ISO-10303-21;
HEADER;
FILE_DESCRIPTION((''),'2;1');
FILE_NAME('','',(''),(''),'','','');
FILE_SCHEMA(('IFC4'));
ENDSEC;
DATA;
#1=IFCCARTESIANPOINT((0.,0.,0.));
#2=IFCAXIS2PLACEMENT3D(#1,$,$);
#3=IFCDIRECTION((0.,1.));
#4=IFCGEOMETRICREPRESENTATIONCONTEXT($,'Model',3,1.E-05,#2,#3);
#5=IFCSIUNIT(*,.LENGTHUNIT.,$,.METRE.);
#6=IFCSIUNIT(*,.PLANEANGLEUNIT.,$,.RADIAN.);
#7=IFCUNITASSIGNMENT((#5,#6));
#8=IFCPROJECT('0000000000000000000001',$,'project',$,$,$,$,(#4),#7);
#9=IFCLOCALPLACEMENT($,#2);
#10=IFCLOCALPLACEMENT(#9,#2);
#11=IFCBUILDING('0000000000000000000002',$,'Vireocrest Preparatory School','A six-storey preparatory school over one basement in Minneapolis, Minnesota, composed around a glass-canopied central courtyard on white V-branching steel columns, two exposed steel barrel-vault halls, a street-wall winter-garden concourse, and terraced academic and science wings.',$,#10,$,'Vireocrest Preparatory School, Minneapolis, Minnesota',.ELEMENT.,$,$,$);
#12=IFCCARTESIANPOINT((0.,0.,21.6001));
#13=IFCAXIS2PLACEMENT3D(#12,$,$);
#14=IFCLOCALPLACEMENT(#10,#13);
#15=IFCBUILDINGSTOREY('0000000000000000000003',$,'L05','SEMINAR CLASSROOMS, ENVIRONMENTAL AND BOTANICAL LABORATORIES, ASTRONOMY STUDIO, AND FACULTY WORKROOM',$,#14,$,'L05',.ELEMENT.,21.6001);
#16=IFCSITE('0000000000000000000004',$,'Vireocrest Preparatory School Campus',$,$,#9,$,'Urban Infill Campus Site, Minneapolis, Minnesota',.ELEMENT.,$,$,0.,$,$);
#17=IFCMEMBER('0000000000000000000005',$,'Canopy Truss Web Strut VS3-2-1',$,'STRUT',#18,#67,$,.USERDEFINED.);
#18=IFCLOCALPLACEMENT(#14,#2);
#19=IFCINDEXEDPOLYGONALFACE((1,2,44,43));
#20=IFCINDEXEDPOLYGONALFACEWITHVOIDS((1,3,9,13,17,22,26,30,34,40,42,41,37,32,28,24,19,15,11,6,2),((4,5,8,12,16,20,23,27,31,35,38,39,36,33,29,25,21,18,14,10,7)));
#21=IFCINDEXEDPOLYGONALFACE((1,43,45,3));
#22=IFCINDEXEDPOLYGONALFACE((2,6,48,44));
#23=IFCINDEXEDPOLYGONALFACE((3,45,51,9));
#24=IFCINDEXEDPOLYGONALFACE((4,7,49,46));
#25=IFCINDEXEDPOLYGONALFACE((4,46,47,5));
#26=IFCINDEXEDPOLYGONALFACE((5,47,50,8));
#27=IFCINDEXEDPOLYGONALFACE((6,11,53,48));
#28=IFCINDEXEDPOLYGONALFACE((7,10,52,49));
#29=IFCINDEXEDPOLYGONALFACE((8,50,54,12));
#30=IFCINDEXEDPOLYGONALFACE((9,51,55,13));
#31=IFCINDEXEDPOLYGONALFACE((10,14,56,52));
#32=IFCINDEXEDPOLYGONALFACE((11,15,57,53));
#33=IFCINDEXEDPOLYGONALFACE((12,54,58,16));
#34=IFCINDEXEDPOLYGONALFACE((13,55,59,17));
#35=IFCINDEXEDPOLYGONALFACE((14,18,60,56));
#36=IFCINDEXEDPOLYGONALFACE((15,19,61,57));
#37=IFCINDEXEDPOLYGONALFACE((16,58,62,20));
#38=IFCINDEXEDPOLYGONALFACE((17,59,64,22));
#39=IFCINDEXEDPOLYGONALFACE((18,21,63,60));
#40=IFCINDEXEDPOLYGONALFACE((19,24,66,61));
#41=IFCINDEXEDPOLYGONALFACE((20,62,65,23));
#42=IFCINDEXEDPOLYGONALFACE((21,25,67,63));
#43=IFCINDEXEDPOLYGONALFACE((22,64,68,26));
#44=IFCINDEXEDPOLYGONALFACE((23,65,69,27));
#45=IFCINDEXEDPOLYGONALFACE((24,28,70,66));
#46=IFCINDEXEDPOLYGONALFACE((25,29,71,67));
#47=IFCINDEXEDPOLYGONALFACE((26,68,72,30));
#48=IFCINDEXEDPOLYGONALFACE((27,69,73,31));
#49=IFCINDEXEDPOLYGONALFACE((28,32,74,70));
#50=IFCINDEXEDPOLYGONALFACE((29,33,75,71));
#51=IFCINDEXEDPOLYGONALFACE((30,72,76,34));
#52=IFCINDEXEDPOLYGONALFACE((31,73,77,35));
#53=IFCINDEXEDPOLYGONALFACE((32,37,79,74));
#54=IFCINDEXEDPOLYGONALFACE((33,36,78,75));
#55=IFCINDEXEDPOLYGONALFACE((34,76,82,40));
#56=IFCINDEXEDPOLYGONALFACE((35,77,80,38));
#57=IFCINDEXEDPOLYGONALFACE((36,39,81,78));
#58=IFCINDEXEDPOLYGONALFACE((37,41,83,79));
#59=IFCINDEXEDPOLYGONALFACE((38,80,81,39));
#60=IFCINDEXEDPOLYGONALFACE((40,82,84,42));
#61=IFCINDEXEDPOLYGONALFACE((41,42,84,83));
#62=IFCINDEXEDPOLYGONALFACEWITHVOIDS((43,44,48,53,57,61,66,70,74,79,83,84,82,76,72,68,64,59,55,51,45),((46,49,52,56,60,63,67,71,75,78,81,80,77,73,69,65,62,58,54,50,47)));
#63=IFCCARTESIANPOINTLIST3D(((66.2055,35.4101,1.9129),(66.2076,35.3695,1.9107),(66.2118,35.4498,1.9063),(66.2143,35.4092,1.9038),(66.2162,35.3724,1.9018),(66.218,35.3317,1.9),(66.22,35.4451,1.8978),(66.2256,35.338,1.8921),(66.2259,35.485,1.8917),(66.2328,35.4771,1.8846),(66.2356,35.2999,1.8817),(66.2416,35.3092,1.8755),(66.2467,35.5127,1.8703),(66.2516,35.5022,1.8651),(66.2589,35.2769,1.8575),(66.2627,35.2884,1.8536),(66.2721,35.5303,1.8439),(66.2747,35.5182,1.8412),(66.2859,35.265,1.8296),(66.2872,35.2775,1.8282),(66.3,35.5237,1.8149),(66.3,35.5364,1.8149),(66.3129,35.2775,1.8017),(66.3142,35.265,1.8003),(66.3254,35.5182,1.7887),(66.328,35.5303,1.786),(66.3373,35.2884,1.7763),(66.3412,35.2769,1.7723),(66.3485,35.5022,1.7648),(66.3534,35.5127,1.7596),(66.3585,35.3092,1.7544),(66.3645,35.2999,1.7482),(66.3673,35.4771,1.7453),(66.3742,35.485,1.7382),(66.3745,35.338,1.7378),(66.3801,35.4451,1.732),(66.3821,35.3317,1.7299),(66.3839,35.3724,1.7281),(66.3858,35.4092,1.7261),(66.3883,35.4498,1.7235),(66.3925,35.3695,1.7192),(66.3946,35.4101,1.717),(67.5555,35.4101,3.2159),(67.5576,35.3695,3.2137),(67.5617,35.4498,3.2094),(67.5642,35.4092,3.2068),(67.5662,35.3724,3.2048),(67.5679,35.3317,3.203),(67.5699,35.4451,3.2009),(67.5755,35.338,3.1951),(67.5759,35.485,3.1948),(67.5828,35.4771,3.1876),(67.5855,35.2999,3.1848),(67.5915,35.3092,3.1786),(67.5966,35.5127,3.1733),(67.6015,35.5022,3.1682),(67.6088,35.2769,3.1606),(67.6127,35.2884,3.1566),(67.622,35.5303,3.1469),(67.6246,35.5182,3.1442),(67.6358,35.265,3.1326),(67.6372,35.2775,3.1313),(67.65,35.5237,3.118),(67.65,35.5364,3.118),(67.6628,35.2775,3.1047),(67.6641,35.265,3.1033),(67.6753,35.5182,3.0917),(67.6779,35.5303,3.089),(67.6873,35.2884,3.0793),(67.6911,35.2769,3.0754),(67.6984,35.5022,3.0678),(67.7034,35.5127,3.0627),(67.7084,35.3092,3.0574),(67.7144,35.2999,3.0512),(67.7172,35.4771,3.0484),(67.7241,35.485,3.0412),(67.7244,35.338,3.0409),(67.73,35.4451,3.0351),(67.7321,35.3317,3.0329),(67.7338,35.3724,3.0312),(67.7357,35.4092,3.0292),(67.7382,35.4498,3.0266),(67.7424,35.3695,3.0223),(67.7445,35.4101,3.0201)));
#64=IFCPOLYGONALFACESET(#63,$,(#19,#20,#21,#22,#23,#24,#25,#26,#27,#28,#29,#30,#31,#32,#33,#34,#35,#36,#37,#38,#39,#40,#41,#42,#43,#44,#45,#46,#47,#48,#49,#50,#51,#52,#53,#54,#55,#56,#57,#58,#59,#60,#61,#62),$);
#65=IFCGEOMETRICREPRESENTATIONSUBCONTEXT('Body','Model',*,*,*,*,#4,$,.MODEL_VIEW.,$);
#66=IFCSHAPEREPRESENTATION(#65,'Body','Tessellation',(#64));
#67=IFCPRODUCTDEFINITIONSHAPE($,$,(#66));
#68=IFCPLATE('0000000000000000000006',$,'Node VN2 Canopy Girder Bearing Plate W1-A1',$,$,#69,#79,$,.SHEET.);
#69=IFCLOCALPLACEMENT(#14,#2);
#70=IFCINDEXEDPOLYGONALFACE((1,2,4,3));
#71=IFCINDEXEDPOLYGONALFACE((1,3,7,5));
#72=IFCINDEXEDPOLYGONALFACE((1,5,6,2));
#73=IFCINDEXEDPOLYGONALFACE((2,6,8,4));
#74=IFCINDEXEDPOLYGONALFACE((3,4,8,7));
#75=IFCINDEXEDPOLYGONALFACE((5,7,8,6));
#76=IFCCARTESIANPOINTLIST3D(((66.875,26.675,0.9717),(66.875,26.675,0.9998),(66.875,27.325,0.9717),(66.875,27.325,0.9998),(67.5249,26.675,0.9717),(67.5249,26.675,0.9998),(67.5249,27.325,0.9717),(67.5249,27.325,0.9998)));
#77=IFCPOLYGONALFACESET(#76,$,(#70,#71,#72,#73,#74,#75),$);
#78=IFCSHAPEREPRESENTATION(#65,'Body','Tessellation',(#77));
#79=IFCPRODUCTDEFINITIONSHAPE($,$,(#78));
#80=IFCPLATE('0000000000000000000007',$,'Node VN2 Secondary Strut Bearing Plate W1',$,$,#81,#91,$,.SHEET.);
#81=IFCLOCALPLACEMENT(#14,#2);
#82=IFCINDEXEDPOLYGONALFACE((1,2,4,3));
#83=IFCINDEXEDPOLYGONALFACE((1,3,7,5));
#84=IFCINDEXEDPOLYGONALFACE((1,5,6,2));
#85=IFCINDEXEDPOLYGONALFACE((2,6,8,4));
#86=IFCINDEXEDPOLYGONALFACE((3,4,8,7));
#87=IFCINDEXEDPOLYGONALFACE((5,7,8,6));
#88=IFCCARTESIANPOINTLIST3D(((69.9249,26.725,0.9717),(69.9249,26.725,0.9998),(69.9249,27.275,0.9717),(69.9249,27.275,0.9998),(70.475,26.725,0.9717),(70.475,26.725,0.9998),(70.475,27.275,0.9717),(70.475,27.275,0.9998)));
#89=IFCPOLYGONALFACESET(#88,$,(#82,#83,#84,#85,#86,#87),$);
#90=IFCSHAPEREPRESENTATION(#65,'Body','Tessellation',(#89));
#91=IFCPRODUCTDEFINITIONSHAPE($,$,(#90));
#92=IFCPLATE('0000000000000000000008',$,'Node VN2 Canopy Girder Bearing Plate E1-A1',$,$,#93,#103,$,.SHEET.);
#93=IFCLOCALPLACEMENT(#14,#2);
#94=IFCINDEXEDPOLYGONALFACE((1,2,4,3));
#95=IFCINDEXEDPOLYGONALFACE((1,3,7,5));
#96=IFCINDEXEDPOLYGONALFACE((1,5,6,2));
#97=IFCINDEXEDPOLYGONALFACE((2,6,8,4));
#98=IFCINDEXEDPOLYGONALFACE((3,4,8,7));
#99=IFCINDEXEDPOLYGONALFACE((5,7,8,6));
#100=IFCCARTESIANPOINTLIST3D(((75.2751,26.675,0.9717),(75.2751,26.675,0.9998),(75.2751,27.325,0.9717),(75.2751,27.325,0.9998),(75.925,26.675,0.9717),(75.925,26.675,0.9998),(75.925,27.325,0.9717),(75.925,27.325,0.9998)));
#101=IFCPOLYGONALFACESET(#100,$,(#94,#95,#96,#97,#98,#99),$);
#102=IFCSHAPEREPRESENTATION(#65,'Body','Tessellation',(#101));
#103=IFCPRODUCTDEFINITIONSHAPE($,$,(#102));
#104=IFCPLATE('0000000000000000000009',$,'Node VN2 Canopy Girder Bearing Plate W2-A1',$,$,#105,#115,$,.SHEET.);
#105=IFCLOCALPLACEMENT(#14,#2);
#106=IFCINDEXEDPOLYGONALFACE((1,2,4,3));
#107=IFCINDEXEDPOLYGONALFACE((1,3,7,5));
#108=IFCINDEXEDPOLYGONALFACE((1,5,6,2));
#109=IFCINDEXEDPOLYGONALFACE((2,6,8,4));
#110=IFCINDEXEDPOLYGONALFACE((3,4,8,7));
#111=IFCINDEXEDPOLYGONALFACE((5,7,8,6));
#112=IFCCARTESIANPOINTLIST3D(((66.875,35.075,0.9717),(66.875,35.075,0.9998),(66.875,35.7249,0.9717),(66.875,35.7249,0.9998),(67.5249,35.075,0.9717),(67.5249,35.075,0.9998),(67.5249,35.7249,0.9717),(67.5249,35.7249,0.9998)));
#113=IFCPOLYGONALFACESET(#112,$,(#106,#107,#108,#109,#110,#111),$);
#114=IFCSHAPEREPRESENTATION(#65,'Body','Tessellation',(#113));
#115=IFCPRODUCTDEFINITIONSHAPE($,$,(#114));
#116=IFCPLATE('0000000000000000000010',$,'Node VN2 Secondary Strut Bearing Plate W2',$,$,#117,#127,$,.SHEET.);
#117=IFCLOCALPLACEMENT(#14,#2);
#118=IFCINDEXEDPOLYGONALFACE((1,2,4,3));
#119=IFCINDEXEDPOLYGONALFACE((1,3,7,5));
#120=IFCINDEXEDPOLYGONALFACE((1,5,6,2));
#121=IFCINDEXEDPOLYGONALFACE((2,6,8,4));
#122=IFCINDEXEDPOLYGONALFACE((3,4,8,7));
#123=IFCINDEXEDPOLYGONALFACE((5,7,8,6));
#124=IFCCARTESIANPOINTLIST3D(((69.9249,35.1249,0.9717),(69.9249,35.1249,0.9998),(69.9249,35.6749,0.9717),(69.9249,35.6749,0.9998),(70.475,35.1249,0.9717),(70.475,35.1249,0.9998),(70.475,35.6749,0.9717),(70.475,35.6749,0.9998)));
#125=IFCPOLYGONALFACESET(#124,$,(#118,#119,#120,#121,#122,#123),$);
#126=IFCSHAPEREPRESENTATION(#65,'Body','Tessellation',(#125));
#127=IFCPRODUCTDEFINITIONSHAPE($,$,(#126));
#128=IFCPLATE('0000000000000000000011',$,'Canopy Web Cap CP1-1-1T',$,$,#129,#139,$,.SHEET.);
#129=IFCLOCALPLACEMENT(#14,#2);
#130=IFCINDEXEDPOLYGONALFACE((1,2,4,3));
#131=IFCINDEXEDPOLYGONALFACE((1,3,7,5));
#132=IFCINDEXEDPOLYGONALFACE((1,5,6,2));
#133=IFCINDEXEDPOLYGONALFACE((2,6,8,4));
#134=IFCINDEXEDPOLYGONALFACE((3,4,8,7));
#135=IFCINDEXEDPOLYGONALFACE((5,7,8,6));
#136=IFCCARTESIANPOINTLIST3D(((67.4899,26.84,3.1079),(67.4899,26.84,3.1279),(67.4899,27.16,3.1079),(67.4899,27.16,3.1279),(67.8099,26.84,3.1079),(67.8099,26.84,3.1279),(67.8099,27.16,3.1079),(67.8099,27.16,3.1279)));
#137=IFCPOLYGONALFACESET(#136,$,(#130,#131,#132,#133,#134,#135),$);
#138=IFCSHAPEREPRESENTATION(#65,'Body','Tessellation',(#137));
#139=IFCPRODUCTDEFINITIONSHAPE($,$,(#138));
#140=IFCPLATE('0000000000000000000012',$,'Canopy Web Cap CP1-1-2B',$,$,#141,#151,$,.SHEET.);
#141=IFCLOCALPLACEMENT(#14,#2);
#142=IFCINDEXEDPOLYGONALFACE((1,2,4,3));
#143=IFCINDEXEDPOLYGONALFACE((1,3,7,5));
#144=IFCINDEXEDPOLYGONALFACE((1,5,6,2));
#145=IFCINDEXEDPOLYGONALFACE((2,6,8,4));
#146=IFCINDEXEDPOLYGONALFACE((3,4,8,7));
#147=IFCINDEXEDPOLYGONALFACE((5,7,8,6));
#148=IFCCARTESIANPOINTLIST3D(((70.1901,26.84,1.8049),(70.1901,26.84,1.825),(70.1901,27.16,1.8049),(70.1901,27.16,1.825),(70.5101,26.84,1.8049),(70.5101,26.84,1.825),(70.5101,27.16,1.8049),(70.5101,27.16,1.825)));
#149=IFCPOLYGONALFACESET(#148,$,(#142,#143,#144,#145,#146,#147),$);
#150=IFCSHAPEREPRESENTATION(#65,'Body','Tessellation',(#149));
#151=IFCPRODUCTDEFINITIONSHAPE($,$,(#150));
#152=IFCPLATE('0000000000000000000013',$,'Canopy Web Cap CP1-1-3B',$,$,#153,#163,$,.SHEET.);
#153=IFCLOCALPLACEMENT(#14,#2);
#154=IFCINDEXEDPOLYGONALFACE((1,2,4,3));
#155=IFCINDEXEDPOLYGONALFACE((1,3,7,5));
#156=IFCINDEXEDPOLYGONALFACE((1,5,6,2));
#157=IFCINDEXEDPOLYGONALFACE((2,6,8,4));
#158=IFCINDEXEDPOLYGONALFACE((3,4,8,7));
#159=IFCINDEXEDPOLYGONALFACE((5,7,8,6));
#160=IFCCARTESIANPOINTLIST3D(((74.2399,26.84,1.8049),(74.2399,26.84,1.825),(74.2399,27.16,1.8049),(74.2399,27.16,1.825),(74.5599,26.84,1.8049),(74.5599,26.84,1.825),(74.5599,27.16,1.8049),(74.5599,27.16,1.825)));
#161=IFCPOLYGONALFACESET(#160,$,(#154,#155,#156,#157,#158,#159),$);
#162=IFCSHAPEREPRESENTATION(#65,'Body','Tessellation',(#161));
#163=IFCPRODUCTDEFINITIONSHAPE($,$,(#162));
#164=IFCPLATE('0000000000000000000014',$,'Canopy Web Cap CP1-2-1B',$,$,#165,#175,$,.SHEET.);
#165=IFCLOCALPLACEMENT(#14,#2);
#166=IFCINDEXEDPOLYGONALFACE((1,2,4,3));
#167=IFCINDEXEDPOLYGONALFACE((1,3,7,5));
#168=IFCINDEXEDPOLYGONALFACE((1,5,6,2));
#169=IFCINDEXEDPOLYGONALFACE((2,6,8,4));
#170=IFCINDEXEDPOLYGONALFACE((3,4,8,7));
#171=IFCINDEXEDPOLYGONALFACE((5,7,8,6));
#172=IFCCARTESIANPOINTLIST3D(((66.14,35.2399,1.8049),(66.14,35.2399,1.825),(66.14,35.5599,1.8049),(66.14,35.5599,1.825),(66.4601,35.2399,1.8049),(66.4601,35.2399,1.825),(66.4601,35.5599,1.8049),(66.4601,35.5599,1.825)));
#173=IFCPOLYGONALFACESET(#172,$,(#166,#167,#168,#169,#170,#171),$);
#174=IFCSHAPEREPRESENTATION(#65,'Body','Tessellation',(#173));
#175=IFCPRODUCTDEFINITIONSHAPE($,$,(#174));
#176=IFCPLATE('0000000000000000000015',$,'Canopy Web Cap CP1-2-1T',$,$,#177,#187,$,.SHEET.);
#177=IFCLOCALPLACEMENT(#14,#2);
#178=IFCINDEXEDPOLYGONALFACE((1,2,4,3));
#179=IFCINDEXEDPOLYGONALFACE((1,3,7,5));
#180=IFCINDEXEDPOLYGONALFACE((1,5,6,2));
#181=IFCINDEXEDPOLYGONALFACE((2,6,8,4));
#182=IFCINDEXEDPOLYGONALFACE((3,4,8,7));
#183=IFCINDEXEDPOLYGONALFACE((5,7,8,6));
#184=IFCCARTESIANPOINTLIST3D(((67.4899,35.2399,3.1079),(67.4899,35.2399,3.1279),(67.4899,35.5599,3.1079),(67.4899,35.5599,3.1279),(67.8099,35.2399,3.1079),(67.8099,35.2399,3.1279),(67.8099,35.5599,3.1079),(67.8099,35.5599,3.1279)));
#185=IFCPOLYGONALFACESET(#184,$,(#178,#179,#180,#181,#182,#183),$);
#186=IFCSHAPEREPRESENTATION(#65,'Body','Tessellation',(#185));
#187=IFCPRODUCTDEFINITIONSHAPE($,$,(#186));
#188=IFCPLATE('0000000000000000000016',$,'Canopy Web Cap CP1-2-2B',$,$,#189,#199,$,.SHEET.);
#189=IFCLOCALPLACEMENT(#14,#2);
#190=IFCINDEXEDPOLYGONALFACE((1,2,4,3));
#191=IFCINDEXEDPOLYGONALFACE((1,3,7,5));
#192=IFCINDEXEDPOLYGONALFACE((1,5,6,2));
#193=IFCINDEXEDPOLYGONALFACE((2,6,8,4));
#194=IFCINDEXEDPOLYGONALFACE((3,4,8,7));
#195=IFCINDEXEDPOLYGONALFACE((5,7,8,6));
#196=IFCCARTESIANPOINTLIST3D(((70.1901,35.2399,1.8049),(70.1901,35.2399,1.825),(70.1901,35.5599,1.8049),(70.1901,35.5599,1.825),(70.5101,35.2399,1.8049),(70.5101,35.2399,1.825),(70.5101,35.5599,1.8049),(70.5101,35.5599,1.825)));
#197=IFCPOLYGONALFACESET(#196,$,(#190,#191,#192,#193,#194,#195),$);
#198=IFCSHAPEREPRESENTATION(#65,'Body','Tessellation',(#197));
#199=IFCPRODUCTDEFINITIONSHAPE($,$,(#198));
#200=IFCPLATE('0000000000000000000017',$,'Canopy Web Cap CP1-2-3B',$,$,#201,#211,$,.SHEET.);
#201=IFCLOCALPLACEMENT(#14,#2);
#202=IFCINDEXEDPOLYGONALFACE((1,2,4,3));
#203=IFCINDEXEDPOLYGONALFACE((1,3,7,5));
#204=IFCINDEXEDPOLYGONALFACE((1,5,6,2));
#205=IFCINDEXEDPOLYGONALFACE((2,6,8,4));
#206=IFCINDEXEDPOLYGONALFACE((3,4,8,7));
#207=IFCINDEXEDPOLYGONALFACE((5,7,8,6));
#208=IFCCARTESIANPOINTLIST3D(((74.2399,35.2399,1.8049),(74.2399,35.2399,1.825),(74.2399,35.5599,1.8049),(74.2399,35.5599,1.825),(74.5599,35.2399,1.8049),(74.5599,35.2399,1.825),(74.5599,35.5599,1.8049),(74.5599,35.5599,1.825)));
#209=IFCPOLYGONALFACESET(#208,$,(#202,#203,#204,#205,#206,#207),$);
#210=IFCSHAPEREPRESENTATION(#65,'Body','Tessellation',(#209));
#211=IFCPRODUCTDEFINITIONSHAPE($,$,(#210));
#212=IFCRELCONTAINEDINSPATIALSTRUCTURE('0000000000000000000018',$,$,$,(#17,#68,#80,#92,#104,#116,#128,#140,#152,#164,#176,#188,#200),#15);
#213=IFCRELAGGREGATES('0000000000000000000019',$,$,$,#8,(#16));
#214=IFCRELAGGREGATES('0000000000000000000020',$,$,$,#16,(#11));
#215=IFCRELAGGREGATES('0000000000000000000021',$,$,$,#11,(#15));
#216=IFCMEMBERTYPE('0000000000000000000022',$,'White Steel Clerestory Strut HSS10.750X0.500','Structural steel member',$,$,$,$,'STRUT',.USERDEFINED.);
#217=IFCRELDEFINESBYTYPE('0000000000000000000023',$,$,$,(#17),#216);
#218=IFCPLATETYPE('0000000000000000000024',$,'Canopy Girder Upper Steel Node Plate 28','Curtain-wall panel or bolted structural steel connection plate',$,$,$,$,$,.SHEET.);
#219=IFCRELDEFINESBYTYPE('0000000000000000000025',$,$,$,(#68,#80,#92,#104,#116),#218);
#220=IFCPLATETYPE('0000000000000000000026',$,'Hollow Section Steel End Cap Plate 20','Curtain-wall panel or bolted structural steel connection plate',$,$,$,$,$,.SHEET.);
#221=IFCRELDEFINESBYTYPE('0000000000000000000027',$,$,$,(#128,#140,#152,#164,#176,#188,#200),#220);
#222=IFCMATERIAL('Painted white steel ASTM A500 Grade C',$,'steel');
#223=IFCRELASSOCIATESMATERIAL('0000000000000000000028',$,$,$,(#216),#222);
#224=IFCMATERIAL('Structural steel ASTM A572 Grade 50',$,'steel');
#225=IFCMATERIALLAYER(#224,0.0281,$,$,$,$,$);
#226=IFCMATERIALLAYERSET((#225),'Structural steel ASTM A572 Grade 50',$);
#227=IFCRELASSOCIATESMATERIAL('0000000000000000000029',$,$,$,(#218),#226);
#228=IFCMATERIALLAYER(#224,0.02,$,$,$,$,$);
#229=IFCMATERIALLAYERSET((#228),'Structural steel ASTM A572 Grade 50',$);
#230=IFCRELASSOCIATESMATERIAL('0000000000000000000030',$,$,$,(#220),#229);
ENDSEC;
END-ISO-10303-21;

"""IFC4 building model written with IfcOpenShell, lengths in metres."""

from ifc_helpers import new_model, si_unit, direction, frame, origin, origin_2d, place, context, subcontext, project, spatial, rectangle, hollow_circle, extrude, material, layer, layer_set, material_profile, profile_set, type_object, element, save


model = new_model("IFC4")

# Units and contexts
model_context = context("Model", 3, precision=1e-05, world=origin(), true_north=direction((0.0, 1.0)))
body_context = subcontext(model_context, "Body", "Model", "MODEL_VIEW")
ifc_project = project(units=[si_unit("LENGTHUNIT", "METRE"), si_unit("PLANEANGLEUNIT", "RADIAN")], contexts=[model_context])

# Site, building, storey
site_placement = place(None, origin())
site = spatial("IfcSite", under=ifc_project, at=site_placement, Name="Vireocrest Preparatory School Campus", LongName="Urban Infill Campus Site, Minneapolis, Minnesota", CompositionType="ELEMENT", RefElevation=0.0)
building_placement = place(site_placement, origin())
building = spatial("IfcBuilding", under=site, at=building_placement, Name="Vireocrest Preparatory School", Description="A six-storey preparatory school over one basement in Minneapolis, Minnesota, composed around a glass-canopied central courtyard on white V-branching steel columns, two exposed steel barrel-vault halls, a street-wall winter-garden concourse, and terraced academic and science wings.", LongName="Vireocrest Preparatory School, Minneapolis, Minnesota", CompositionType="ELEMENT")
storey_placement = place(building_placement, frame((0.0, 0.0, 21.6001)))
storey = spatial("IfcBuildingStorey", under=building, at=storey_placement, Name="L05", Description="SEMINAR CLASSROOMS, ENVIRONMENTAL AND BOTANICAL LABORATORIES, ASTRONOMY STUDIO, AND FACULTY WORKROOM", LongName="L05", CompositionType="ELEMENT", Elevation=21.6001)

# Shared definitions
ifc_material_1 = material(Name="Painted white steel ASTM A500 Grade C", Category="steel")

# Member
ifc_material_profile_1 = material_profile(ifc_material_1, hollow_circle(Radius=0.1365, WallThickness=0.0127, at=origin_2d()), Name="HSS10.750X0.500")
ifc_profile_set_1 = profile_set([ifc_material_profile_1], Name="Painted white steel ASTM A500 Grade C")
member_type_1 = type_object("IfcMemberType", Name="White Steel Clerestory Strut HSS10.750X0.500", Description="Structural steel member", ElementType="STRUT", PredefinedType="USERDEFINED", material=ifc_profile_set_1)
member_1_placement = place(storey_placement, frame((66.3, 35.3999, 1.8149), z_axis=(0.719489, 0.0, 0.694504), x_axis=(0.0, 1.0, 0.0)))
element("IfcMember", 1, at=member_1_placement, inside=storey, type_object=member_type_1, Name="Canopy Truss Web Strut VS3-2-1", ObjectType="STRUT", PredefinedType="USERDEFINED", context=body_context, shape_type="SweptSolid", body=[
    extrude(hollow_circle(Radius=0.1365, WallThickness=0.0127, at=origin_2d()), origin(), (0.0, 0.0, 1.0), 1.8762),
])

# Plates
ifc_material_2 = material(Name="Structural steel ASTM A572 Grade 50", Category="steel")
ifc_layer_1 = layer(ifc_material_2, 0.0281)
ifc_layer_set_1 = layer_set([ifc_layer_1], Name="Structural steel ASTM A572 Grade 50")
plate_type_1 = type_object("IfcPlateType", Name="Canopy Girder Upper Steel Node Plate 28", Description="Curtain-wall panel or bolted structural steel connection plate", PredefinedType="SHEET", material=ifc_layer_set_1)
plate_1_placement = place(storey_placement, frame((67.2, 27.0, 0.9717), z_axis=(0.0, 0.0, 1.0), x_axis=(1.0, 0.0, 0.0)))
element("IfcPlate", 2, at=plate_1_placement, inside=storey, type_object=plate_type_1, Name="Node VN2 Canopy Girder Bearing Plate W1-A1", PredefinedType="SHEET", context=body_context, shape_type="SweptSolid", body=[
    extrude(rectangle(XDim=0.6499, YDim=0.6499, at=origin_2d()), origin(), (0.0, 0.0, 1.0), 0.0281),
])
plate_2_placement = place(storey_placement, frame((70.2, 27.0, 0.9717), z_axis=(0.0, 0.0, 1.0), x_axis=(1.0, 0.0, 0.0)))
element("IfcPlate", 3, at=plate_2_placement, inside=storey, type_object=plate_type_1, Name="Node VN2 Secondary Strut Bearing Plate W1", PredefinedType="SHEET", context=body_context, shape_type="SweptSolid", body=[
    extrude(rectangle(XDim=0.55, YDim=0.55, at=origin_2d()), origin(), (0.0, 0.0, 1.0), 0.0281),
])
for number, where, z_axis, x_axis, name in (
    (4, (75.6001, 27.0, 0.9717), (0.0, 0.0, 1.0), (1.0, 0.0, 0.0), "Node VN2 Canopy Girder Bearing Plate E1-A1"),
    (5, (67.2, 35.3999, 0.9717), (0.0, 0.0, 1.0), (1.0, 0.0, 0.0), "Node VN2 Canopy Girder Bearing Plate W2-A1"),
):
    element("IfcPlate", number, at=place(storey_placement, frame(where, z_axis=z_axis, x_axis=x_axis)), inside=storey, type_object=plate_type_1, Name=name, PredefinedType="SHEET", context=body_context, shape_type="SweptSolid", body=[
        extrude(rectangle(XDim=0.6499, YDim=0.6499, at=origin_2d()), origin(), (0.0, 0.0, 1.0), 0.0281),
    ])
plate_3_placement = place(storey_placement, frame((70.2, 35.3999, 0.9717), z_axis=(0.0, 0.0, 1.0), x_axis=(1.0, 0.0, 0.0)))
element("IfcPlate", 6, at=plate_3_placement, inside=storey, type_object=plate_type_1, Name="Node VN2 Secondary Strut Bearing Plate W2", PredefinedType="SHEET", context=body_context, shape_type="SweptSolid", body=[
    extrude(rectangle(XDim=0.55, YDim=0.55, at=origin_2d()), origin(), (0.0, 0.0, 1.0), 0.0281),
])
ifc_layer_2 = layer(ifc_material_2, 0.02)
ifc_layer_set_2 = layer_set([ifc_layer_2], Name="Structural steel ASTM A572 Grade 50")
plate_type_2 = type_object("IfcPlateType", Name="Hollow Section Steel End Cap Plate 20", Description="Curtain-wall panel or bolted structural steel connection plate", PredefinedType="SHEET", material=ifc_layer_set_2)
for number, where, z_axis, x_axis, name in (
    (7, (67.6499, 27.0, 3.1079), (0.0, 0.0, 1.0), (1.0, 0.0, 0.0), "Canopy Web Cap CP1-1-1T"),
    (8, (70.3501, 27.0, 1.8049), (0.0, 0.0, 1.0), (1.0, 0.0, 0.0), "Canopy Web Cap CP1-1-2B"),
    (9, (74.3999, 27.0, 1.8049), (0.0, 0.0, 1.0), (1.0, 0.0, 0.0), "Canopy Web Cap CP1-1-3B"),
    (10, (66.3, 35.3999, 1.8049), (0.0, 0.0, 1.0), (1.0, 0.0, 0.0), "Canopy Web Cap CP1-2-1B"),
    (11, (67.6499, 35.3999, 3.1079), (0.0, 0.0, 1.0), (1.0, 0.0, 0.0), "Canopy Web Cap CP1-2-1T"),
    (12, (70.3501, 35.3999, 1.8049), (0.0, 0.0, 1.0), (1.0, 0.0, 0.0), "Canopy Web Cap CP1-2-2B"),
    (13, (74.3999, 35.3999, 1.8049), (0.0, 0.0, 1.0), (1.0, 0.0, 0.0), "Canopy Web Cap CP1-2-3B"),
):
    element("IfcPlate", number, at=place(storey_placement, frame(where, z_axis=z_axis, x_axis=x_axis)), inside=storey, type_object=plate_type_2, Name=name, PredefinedType="SHEET", context=body_context, shape_type="SweptSolid", body=[
        extrude(rectangle(XDim=0.3201, YDim=0.3201, at=origin_2d()), origin(), (0.0, 0.0, 1.0), 0.02),
    ])

save(model, "model.ifc")
